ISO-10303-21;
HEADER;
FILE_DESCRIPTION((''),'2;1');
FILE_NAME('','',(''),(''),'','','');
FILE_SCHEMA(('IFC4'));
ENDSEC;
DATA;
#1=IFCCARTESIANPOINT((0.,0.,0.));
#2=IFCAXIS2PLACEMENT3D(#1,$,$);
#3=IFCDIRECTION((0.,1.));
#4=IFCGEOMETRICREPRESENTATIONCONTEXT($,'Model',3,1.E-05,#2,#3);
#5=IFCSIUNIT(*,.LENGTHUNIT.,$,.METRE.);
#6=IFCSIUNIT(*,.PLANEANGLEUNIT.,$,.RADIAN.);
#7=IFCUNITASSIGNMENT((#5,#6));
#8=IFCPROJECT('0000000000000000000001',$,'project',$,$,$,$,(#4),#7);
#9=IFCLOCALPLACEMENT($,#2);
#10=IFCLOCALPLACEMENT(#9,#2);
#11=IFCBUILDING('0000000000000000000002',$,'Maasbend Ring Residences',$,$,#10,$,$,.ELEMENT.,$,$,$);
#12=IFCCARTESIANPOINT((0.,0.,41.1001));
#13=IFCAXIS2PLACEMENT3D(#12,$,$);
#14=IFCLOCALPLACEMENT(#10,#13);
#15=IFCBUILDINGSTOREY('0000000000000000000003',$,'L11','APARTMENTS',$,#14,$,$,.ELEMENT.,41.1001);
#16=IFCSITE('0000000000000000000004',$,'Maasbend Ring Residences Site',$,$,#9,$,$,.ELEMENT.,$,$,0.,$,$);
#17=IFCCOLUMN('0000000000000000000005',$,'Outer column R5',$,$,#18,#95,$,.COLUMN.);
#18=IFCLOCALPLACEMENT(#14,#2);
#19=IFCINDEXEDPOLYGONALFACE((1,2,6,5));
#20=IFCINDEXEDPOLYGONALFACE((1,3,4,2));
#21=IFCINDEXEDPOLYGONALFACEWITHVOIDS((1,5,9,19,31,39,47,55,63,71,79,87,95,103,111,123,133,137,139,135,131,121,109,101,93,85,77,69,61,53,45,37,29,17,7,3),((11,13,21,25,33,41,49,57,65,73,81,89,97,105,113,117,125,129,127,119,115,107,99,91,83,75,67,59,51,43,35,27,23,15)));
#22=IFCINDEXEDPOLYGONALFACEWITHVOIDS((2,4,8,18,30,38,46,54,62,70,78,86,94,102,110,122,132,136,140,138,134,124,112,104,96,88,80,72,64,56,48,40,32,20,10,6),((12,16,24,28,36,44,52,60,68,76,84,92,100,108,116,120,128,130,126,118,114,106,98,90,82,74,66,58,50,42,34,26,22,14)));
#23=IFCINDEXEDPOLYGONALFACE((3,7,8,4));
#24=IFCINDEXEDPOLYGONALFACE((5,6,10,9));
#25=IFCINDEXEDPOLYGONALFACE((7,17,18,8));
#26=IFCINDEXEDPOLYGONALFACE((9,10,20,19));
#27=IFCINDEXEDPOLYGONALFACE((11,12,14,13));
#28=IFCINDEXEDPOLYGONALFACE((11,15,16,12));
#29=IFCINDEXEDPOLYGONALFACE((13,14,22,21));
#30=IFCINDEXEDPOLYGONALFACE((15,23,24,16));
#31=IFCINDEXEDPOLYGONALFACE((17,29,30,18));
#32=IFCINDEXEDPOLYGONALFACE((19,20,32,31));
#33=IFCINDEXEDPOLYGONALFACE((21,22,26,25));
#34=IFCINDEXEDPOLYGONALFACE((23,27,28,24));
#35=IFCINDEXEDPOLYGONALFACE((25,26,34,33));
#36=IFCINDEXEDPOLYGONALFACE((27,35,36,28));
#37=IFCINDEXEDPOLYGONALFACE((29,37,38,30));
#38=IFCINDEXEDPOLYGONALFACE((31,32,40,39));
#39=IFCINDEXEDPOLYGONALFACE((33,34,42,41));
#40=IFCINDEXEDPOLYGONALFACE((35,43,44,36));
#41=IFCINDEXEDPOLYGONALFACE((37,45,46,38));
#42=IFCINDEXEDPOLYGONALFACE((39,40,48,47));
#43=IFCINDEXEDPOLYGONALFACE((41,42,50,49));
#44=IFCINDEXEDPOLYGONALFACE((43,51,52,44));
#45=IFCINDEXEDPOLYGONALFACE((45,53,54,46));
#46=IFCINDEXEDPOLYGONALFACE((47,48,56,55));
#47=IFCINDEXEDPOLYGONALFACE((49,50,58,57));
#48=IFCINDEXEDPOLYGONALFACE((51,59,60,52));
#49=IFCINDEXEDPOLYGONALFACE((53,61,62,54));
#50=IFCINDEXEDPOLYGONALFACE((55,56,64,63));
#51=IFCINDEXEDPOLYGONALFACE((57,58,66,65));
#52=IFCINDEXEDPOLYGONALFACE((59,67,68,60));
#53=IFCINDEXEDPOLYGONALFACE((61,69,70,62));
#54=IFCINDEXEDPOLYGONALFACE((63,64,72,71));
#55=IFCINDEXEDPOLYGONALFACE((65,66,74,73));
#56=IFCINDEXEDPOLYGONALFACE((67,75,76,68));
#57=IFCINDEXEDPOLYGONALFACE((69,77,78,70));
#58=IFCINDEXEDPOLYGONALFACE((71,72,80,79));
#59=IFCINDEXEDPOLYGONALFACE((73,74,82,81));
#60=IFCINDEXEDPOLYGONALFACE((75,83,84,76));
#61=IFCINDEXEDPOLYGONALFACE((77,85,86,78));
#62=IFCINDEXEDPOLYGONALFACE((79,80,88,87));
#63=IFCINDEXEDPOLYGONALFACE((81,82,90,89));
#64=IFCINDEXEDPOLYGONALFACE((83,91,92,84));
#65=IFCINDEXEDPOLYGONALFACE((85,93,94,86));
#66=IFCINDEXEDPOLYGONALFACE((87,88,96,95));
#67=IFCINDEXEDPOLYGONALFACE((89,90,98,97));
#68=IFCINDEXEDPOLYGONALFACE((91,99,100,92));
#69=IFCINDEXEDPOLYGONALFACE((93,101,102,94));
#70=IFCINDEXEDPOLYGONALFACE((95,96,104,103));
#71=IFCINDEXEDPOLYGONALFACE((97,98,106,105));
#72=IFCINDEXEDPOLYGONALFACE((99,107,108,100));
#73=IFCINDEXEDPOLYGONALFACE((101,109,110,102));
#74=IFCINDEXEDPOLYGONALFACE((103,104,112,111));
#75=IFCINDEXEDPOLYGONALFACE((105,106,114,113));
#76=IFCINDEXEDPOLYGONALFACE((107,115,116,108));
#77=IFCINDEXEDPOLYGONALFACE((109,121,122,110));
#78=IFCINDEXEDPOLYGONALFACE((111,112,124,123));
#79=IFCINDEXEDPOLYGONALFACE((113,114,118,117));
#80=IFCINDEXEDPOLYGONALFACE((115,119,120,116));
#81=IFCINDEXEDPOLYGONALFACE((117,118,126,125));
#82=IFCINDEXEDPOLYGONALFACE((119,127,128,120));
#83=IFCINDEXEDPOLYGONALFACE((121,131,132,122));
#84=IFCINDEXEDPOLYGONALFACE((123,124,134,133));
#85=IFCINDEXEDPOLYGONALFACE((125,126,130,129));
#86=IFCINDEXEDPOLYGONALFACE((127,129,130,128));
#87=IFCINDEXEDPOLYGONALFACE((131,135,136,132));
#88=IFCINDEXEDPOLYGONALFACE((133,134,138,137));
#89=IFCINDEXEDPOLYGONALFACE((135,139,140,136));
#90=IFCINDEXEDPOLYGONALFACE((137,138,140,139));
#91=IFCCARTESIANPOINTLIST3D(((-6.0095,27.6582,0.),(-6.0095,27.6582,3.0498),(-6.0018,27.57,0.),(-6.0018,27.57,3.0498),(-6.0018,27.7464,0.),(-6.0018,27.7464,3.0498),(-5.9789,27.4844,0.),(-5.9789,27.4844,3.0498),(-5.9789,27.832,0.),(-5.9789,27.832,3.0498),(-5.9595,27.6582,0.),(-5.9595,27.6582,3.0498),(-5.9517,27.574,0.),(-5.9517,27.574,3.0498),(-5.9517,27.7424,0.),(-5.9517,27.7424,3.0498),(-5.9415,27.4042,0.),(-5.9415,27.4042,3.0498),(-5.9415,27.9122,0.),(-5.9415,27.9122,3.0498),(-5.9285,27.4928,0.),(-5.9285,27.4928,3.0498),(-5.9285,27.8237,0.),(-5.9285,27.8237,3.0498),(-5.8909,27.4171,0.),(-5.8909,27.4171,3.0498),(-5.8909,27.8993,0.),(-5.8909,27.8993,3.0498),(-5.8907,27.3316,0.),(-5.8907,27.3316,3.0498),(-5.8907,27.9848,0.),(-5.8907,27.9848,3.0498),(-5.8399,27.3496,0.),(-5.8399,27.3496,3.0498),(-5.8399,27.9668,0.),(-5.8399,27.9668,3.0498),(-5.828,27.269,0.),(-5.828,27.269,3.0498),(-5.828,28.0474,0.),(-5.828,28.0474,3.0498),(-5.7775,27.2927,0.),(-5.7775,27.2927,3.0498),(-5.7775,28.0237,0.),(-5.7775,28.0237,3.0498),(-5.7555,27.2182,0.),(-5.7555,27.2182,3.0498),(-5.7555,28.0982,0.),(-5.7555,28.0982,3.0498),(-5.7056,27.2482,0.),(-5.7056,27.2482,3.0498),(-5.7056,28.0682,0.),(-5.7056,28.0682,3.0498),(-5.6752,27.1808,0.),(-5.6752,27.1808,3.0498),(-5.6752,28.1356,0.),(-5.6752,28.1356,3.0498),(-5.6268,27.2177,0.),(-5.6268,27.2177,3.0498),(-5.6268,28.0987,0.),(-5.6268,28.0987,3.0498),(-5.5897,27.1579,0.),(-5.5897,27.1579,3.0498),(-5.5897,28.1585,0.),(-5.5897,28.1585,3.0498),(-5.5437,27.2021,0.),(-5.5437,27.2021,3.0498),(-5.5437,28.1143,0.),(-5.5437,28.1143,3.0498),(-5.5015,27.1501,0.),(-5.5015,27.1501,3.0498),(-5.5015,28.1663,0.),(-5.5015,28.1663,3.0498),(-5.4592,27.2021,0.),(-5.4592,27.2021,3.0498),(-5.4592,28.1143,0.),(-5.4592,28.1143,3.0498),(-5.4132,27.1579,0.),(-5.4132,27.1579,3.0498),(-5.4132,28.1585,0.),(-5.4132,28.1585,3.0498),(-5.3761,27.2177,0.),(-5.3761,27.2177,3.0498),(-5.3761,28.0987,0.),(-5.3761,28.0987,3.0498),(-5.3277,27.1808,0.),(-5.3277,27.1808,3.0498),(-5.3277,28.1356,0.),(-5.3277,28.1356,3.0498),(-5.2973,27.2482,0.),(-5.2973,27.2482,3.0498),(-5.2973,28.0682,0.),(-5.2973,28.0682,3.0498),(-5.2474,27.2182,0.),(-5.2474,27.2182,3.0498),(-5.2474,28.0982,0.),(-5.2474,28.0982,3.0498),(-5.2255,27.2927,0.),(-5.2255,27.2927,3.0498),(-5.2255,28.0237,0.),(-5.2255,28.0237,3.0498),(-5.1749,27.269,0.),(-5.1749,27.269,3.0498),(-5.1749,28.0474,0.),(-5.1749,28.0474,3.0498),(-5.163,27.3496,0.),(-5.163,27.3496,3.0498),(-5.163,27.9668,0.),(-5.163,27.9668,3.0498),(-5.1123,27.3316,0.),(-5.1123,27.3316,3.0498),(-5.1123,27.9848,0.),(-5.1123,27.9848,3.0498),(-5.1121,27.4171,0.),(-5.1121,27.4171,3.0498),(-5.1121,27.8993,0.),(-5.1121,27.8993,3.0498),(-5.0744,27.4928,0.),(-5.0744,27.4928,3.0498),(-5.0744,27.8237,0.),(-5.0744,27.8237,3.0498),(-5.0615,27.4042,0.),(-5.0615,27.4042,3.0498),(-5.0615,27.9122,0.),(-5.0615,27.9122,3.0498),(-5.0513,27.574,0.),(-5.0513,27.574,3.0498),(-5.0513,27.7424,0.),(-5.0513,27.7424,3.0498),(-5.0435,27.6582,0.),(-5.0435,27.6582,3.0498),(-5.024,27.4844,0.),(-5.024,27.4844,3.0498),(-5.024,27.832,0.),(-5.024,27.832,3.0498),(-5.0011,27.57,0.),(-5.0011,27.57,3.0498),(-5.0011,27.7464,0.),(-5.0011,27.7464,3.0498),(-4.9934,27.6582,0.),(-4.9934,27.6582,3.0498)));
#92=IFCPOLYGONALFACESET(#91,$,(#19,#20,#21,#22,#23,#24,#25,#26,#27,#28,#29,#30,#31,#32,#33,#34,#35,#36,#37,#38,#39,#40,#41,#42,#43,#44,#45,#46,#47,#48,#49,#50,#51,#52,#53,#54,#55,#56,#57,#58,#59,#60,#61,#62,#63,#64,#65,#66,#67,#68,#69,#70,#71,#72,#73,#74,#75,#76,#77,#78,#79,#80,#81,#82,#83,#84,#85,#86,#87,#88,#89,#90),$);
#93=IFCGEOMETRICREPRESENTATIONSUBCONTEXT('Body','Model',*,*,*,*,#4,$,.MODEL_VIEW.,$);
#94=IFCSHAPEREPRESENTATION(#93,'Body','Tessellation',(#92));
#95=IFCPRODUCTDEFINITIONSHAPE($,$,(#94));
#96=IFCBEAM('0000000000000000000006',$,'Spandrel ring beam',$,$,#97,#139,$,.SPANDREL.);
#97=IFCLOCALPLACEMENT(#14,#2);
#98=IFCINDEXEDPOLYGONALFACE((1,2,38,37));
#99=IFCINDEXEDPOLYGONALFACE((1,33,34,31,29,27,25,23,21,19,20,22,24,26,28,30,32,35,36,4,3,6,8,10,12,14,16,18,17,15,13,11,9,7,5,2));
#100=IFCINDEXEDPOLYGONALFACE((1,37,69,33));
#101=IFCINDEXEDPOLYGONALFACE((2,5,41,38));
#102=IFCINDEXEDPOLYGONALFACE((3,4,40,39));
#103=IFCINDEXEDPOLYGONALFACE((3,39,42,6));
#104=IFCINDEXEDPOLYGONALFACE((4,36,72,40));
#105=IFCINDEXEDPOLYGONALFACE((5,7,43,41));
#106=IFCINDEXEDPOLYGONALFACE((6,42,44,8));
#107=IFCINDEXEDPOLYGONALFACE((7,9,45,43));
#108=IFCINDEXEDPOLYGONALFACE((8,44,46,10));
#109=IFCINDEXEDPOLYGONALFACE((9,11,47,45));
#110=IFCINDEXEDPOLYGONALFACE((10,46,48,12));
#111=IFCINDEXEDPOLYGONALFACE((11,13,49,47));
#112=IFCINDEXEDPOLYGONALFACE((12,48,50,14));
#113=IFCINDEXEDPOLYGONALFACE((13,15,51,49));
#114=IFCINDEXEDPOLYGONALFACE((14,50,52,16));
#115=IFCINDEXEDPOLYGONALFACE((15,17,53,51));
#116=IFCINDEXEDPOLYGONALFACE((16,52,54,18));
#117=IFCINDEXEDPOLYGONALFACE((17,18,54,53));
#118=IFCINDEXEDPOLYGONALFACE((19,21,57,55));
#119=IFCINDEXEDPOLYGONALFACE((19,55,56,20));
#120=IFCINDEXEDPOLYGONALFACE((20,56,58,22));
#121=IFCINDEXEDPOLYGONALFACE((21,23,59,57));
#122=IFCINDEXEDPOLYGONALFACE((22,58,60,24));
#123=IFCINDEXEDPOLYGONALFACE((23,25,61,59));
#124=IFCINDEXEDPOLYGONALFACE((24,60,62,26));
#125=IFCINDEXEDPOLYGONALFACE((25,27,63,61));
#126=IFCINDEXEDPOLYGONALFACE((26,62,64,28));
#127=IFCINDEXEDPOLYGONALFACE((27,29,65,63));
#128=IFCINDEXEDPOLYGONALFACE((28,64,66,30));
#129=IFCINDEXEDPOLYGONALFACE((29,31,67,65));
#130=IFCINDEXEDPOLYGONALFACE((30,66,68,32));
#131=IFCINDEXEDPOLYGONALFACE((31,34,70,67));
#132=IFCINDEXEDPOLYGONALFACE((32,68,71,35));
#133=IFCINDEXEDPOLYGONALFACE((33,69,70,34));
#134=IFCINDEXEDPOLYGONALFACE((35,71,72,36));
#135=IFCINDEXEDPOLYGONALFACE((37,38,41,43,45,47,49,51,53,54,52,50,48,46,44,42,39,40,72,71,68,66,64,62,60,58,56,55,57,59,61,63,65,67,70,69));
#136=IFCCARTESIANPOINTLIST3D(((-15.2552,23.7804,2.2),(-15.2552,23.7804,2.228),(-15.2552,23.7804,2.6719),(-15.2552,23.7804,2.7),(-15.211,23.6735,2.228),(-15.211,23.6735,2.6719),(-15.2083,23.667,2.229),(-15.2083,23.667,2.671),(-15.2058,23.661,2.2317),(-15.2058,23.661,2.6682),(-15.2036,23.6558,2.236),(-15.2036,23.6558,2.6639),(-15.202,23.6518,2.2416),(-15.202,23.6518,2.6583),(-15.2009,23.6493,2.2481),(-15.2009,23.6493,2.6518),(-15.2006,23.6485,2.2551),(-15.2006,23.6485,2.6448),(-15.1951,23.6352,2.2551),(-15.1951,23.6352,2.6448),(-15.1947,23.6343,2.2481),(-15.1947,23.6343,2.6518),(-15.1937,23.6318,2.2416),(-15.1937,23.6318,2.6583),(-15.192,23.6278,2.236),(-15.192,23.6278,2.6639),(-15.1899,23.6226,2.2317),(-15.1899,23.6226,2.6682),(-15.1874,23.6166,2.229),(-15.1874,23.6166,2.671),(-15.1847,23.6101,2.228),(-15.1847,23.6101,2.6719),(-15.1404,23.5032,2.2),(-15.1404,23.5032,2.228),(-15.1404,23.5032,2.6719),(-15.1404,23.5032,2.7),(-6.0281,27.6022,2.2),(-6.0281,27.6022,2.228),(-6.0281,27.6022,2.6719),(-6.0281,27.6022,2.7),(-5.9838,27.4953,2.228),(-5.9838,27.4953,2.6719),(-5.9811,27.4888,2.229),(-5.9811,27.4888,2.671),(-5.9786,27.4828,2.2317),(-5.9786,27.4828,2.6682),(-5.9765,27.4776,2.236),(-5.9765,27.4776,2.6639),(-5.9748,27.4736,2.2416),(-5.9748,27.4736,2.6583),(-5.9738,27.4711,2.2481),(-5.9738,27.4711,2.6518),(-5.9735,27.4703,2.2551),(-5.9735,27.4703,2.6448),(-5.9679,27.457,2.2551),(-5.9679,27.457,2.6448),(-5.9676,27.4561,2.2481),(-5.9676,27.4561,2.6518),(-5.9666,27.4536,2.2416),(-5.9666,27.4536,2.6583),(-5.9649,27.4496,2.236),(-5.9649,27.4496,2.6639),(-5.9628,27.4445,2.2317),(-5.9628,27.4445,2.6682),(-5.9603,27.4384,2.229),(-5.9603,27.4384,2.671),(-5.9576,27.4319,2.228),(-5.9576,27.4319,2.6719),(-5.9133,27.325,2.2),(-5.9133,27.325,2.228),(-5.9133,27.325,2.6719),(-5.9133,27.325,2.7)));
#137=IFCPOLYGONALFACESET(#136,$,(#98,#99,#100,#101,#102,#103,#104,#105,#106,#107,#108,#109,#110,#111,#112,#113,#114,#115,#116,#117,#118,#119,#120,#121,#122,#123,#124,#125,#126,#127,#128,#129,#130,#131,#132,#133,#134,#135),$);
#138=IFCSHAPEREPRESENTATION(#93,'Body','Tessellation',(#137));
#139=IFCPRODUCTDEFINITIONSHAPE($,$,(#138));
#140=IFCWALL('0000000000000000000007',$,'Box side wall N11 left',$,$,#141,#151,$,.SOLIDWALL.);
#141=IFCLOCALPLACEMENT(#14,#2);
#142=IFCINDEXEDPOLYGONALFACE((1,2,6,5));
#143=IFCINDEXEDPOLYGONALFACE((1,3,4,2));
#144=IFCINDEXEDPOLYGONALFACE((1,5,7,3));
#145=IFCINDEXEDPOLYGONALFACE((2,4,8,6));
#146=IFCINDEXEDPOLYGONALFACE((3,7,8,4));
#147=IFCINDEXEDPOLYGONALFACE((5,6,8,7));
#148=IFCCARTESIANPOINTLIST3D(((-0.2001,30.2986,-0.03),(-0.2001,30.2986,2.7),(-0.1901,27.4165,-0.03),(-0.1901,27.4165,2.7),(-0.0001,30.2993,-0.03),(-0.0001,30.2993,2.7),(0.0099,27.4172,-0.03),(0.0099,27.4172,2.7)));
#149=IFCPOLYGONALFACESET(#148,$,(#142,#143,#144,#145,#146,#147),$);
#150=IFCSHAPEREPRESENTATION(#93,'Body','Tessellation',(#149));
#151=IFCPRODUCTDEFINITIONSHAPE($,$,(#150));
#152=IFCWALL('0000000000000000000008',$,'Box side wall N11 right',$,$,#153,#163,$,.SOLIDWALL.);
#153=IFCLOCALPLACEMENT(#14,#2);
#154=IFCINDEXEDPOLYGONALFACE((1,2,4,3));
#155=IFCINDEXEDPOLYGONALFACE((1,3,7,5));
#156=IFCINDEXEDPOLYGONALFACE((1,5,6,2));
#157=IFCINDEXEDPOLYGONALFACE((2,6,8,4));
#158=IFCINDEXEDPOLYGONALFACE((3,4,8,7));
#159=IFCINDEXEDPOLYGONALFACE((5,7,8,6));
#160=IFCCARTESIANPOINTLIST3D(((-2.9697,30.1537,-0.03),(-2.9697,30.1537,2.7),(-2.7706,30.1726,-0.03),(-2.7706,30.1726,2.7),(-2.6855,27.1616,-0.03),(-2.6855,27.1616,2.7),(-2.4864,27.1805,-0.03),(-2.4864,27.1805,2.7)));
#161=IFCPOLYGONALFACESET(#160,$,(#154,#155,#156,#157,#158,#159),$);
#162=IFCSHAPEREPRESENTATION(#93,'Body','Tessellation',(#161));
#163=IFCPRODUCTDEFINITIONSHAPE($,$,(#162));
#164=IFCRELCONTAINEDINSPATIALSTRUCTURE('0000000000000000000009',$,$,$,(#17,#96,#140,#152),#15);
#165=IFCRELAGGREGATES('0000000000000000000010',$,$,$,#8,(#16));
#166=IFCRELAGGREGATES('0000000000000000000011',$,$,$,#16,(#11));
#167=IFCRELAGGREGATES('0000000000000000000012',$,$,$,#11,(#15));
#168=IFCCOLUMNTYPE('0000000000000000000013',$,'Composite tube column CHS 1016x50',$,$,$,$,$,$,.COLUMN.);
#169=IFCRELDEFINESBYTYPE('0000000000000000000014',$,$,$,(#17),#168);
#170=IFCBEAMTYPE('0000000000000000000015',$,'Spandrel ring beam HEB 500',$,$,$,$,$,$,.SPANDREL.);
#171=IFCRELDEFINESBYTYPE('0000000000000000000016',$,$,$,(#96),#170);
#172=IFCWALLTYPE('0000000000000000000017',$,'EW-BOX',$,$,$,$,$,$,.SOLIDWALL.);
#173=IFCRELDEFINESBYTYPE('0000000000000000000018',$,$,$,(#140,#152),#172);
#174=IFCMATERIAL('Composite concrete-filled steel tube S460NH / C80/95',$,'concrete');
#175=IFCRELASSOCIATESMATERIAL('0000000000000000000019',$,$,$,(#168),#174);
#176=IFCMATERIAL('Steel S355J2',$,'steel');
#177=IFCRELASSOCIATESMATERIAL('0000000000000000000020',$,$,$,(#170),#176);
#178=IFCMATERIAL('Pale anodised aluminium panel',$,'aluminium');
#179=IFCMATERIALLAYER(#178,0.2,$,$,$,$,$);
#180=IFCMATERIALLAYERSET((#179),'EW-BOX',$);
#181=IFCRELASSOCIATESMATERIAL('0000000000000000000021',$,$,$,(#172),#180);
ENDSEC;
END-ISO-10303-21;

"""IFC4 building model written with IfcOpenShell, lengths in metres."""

from ifc_helpers import new_model, si_unit, direction, frame, frame_2d, origin, origin_2d, place, context, subcontext, project, spatial, rectangle, hollow_circle, i_section, extrude, material, layer, layer_set, material_profile, profile_set, type_object, element, save


model = new_model("IFC4")

# Units and contexts
model_context = context("Model", 3, precision=1e-05, world=origin(), true_north=direction((0.0, 1.0)))
body_context = subcontext(model_context, "Body", "Model", "MODEL_VIEW")
ifc_project = project(units=[si_unit("LENGTHUNIT", "METRE"), si_unit("PLANEANGLEUNIT", "RADIAN")], contexts=[model_context])

# Site, building, storey
site_placement = place(None, origin())
site = spatial("IfcSite", under=ifc_project, at=site_placement, Name="Maasbend Ring Residences Site", CompositionType="ELEMENT", RefElevation=0.0)
building_placement = place(site_placement, origin())
building = spatial("IfcBuilding", under=site, at=building_placement, Name="Maasbend Ring Residences", CompositionType="ELEMENT")
storey_placement = place(building_placement, frame((0.0, 0.0, 41.1001)))
storey = spatial("IfcBuildingStorey", under=building, at=storey_placement, Name="L11", Description="APARTMENTS", CompositionType="ELEMENT", Elevation=41.1001)

# Column
ifc_material_1 = material(Name="Composite concrete-filled steel tube S460NH / C80/95", Category="concrete")
ifc_material_profile_1 = material_profile(ifc_material_1, hollow_circle(Radius=0.5081, WallThickness=0.05, at=origin_2d()), Name="Composite tube column CHS 1016x50")
ifc_profile_set_1 = profile_set([ifc_material_profile_1], Name="Composite concrete-filled steel tube S460NH / C80/95")
column_type = type_object("IfcColumnType", Name="Composite tube column CHS 1016x50", PredefinedType="COLUMN", material=ifc_profile_set_1)
column_placement = place(storey_placement, frame((-5.5015, 27.6582, 0.0), z_axis=(0.0, 0.0, 1.0), x_axis=(1.0, 0.0, 0.0)))
element("IfcColumn", 1, at=column_placement, inside=storey, type_object=column_type, Name="Outer column R5", PredefinedType="COLUMN", context=body_context, shape_type="SweptSolid", body=[
    extrude(hollow_circle(Radius=0.5081, WallThickness=0.05, at=origin_2d()), origin(), (0.0, 0.0, 1.0), 3.0498),
])

# Beam
ifc_material_2 = material(Name="Steel S355J2", Category="steel")
ifc_material_profile_2 = material_profile(ifc_material_2, i_section(OverallWidth=0.3, OverallDepth=0.5, WebThickness=0.0144, FlangeThickness=0.0281, FilletRadius=0.0271, at=origin_2d()), Name="HEB 500")
ifc_profile_set_2 = profile_set([ifc_material_profile_2], Name="Steel S355J2")
beam_type = type_object("IfcBeamType", Name="Spandrel ring beam HEB 500", PredefinedType="SPANDREL", material=ifc_profile_set_2)
beam_placement = place(storey_placement, frame((-5.9707, 27.4636, 2.45), z_axis=(-0.923886, -0.382667, 0.0), x_axis=(0.382667, -0.923886, 0.0)))
element("IfcBeam", 2, at=beam_placement, inside=storey, type_object=beam_type, Name="Spandrel ring beam", PredefinedType="SPANDREL", context=body_context, shape_type="SweptSolid", body=[
    extrude(i_section(OverallWidth=0.3, OverallDepth=0.5, WebThickness=0.0144, FlangeThickness=0.0281, FilletRadius=0.0271, at=origin_2d()), origin(), (0.0, 0.0, 1.0), 9.9873),
])

# Walls
ifc_material_3 = material(Name="Pale anodised aluminium panel", Category="aluminium")
ifc_layer_1 = layer(ifc_material_3, 0.2)
ifc_layer_set_1 = layer_set([ifc_layer_1], Name="EW-BOX")
wall_type_1 = type_object("IfcWallType", Name="EW-BOX", PredefinedType="SOLIDWALL", material=ifc_layer_set_1)
wall_1_placement = place(storey_placement, frame((-0.0901, 27.417, -0.03), z_axis=(0.0, 0.0, 1.0), x_axis=(-0.003473, 0.999994, 0.0)))
element("IfcWall", 3, at=wall_1_placement, inside=storey, type_object=wall_type_1, Name="Box side wall N11 left", PredefinedType="SOLIDWALL", context=body_context, shape_type="SweptSolid", body=[
    extrude(rectangle(XDim=2.8821, YDim=0.2, at=frame_2d((1.4409, 0.0))), origin(), (0.0, 0.0, 1.0), 2.73),
])
wall_2_placement = place(storey_placement, frame((-2.5859, 27.1709, -0.03), z_axis=(0.0, 0.0, 1.0), x_axis=(-0.094548, 0.99552, 0.0)))
element("IfcWall", 4, at=wall_2_placement, inside=storey, type_object=wall_type_1, Name="Box side wall N11 right", PredefinedType="SOLIDWALL", context=body_context, shape_type="SweptSolid", body=[
    extrude(rectangle(XDim=3.0056, YDim=0.2, at=frame_2d((1.5029, 0.0))), origin(), (0.0, 0.0, 1.0), 2.73),
])

save(model, "model.ifc")
